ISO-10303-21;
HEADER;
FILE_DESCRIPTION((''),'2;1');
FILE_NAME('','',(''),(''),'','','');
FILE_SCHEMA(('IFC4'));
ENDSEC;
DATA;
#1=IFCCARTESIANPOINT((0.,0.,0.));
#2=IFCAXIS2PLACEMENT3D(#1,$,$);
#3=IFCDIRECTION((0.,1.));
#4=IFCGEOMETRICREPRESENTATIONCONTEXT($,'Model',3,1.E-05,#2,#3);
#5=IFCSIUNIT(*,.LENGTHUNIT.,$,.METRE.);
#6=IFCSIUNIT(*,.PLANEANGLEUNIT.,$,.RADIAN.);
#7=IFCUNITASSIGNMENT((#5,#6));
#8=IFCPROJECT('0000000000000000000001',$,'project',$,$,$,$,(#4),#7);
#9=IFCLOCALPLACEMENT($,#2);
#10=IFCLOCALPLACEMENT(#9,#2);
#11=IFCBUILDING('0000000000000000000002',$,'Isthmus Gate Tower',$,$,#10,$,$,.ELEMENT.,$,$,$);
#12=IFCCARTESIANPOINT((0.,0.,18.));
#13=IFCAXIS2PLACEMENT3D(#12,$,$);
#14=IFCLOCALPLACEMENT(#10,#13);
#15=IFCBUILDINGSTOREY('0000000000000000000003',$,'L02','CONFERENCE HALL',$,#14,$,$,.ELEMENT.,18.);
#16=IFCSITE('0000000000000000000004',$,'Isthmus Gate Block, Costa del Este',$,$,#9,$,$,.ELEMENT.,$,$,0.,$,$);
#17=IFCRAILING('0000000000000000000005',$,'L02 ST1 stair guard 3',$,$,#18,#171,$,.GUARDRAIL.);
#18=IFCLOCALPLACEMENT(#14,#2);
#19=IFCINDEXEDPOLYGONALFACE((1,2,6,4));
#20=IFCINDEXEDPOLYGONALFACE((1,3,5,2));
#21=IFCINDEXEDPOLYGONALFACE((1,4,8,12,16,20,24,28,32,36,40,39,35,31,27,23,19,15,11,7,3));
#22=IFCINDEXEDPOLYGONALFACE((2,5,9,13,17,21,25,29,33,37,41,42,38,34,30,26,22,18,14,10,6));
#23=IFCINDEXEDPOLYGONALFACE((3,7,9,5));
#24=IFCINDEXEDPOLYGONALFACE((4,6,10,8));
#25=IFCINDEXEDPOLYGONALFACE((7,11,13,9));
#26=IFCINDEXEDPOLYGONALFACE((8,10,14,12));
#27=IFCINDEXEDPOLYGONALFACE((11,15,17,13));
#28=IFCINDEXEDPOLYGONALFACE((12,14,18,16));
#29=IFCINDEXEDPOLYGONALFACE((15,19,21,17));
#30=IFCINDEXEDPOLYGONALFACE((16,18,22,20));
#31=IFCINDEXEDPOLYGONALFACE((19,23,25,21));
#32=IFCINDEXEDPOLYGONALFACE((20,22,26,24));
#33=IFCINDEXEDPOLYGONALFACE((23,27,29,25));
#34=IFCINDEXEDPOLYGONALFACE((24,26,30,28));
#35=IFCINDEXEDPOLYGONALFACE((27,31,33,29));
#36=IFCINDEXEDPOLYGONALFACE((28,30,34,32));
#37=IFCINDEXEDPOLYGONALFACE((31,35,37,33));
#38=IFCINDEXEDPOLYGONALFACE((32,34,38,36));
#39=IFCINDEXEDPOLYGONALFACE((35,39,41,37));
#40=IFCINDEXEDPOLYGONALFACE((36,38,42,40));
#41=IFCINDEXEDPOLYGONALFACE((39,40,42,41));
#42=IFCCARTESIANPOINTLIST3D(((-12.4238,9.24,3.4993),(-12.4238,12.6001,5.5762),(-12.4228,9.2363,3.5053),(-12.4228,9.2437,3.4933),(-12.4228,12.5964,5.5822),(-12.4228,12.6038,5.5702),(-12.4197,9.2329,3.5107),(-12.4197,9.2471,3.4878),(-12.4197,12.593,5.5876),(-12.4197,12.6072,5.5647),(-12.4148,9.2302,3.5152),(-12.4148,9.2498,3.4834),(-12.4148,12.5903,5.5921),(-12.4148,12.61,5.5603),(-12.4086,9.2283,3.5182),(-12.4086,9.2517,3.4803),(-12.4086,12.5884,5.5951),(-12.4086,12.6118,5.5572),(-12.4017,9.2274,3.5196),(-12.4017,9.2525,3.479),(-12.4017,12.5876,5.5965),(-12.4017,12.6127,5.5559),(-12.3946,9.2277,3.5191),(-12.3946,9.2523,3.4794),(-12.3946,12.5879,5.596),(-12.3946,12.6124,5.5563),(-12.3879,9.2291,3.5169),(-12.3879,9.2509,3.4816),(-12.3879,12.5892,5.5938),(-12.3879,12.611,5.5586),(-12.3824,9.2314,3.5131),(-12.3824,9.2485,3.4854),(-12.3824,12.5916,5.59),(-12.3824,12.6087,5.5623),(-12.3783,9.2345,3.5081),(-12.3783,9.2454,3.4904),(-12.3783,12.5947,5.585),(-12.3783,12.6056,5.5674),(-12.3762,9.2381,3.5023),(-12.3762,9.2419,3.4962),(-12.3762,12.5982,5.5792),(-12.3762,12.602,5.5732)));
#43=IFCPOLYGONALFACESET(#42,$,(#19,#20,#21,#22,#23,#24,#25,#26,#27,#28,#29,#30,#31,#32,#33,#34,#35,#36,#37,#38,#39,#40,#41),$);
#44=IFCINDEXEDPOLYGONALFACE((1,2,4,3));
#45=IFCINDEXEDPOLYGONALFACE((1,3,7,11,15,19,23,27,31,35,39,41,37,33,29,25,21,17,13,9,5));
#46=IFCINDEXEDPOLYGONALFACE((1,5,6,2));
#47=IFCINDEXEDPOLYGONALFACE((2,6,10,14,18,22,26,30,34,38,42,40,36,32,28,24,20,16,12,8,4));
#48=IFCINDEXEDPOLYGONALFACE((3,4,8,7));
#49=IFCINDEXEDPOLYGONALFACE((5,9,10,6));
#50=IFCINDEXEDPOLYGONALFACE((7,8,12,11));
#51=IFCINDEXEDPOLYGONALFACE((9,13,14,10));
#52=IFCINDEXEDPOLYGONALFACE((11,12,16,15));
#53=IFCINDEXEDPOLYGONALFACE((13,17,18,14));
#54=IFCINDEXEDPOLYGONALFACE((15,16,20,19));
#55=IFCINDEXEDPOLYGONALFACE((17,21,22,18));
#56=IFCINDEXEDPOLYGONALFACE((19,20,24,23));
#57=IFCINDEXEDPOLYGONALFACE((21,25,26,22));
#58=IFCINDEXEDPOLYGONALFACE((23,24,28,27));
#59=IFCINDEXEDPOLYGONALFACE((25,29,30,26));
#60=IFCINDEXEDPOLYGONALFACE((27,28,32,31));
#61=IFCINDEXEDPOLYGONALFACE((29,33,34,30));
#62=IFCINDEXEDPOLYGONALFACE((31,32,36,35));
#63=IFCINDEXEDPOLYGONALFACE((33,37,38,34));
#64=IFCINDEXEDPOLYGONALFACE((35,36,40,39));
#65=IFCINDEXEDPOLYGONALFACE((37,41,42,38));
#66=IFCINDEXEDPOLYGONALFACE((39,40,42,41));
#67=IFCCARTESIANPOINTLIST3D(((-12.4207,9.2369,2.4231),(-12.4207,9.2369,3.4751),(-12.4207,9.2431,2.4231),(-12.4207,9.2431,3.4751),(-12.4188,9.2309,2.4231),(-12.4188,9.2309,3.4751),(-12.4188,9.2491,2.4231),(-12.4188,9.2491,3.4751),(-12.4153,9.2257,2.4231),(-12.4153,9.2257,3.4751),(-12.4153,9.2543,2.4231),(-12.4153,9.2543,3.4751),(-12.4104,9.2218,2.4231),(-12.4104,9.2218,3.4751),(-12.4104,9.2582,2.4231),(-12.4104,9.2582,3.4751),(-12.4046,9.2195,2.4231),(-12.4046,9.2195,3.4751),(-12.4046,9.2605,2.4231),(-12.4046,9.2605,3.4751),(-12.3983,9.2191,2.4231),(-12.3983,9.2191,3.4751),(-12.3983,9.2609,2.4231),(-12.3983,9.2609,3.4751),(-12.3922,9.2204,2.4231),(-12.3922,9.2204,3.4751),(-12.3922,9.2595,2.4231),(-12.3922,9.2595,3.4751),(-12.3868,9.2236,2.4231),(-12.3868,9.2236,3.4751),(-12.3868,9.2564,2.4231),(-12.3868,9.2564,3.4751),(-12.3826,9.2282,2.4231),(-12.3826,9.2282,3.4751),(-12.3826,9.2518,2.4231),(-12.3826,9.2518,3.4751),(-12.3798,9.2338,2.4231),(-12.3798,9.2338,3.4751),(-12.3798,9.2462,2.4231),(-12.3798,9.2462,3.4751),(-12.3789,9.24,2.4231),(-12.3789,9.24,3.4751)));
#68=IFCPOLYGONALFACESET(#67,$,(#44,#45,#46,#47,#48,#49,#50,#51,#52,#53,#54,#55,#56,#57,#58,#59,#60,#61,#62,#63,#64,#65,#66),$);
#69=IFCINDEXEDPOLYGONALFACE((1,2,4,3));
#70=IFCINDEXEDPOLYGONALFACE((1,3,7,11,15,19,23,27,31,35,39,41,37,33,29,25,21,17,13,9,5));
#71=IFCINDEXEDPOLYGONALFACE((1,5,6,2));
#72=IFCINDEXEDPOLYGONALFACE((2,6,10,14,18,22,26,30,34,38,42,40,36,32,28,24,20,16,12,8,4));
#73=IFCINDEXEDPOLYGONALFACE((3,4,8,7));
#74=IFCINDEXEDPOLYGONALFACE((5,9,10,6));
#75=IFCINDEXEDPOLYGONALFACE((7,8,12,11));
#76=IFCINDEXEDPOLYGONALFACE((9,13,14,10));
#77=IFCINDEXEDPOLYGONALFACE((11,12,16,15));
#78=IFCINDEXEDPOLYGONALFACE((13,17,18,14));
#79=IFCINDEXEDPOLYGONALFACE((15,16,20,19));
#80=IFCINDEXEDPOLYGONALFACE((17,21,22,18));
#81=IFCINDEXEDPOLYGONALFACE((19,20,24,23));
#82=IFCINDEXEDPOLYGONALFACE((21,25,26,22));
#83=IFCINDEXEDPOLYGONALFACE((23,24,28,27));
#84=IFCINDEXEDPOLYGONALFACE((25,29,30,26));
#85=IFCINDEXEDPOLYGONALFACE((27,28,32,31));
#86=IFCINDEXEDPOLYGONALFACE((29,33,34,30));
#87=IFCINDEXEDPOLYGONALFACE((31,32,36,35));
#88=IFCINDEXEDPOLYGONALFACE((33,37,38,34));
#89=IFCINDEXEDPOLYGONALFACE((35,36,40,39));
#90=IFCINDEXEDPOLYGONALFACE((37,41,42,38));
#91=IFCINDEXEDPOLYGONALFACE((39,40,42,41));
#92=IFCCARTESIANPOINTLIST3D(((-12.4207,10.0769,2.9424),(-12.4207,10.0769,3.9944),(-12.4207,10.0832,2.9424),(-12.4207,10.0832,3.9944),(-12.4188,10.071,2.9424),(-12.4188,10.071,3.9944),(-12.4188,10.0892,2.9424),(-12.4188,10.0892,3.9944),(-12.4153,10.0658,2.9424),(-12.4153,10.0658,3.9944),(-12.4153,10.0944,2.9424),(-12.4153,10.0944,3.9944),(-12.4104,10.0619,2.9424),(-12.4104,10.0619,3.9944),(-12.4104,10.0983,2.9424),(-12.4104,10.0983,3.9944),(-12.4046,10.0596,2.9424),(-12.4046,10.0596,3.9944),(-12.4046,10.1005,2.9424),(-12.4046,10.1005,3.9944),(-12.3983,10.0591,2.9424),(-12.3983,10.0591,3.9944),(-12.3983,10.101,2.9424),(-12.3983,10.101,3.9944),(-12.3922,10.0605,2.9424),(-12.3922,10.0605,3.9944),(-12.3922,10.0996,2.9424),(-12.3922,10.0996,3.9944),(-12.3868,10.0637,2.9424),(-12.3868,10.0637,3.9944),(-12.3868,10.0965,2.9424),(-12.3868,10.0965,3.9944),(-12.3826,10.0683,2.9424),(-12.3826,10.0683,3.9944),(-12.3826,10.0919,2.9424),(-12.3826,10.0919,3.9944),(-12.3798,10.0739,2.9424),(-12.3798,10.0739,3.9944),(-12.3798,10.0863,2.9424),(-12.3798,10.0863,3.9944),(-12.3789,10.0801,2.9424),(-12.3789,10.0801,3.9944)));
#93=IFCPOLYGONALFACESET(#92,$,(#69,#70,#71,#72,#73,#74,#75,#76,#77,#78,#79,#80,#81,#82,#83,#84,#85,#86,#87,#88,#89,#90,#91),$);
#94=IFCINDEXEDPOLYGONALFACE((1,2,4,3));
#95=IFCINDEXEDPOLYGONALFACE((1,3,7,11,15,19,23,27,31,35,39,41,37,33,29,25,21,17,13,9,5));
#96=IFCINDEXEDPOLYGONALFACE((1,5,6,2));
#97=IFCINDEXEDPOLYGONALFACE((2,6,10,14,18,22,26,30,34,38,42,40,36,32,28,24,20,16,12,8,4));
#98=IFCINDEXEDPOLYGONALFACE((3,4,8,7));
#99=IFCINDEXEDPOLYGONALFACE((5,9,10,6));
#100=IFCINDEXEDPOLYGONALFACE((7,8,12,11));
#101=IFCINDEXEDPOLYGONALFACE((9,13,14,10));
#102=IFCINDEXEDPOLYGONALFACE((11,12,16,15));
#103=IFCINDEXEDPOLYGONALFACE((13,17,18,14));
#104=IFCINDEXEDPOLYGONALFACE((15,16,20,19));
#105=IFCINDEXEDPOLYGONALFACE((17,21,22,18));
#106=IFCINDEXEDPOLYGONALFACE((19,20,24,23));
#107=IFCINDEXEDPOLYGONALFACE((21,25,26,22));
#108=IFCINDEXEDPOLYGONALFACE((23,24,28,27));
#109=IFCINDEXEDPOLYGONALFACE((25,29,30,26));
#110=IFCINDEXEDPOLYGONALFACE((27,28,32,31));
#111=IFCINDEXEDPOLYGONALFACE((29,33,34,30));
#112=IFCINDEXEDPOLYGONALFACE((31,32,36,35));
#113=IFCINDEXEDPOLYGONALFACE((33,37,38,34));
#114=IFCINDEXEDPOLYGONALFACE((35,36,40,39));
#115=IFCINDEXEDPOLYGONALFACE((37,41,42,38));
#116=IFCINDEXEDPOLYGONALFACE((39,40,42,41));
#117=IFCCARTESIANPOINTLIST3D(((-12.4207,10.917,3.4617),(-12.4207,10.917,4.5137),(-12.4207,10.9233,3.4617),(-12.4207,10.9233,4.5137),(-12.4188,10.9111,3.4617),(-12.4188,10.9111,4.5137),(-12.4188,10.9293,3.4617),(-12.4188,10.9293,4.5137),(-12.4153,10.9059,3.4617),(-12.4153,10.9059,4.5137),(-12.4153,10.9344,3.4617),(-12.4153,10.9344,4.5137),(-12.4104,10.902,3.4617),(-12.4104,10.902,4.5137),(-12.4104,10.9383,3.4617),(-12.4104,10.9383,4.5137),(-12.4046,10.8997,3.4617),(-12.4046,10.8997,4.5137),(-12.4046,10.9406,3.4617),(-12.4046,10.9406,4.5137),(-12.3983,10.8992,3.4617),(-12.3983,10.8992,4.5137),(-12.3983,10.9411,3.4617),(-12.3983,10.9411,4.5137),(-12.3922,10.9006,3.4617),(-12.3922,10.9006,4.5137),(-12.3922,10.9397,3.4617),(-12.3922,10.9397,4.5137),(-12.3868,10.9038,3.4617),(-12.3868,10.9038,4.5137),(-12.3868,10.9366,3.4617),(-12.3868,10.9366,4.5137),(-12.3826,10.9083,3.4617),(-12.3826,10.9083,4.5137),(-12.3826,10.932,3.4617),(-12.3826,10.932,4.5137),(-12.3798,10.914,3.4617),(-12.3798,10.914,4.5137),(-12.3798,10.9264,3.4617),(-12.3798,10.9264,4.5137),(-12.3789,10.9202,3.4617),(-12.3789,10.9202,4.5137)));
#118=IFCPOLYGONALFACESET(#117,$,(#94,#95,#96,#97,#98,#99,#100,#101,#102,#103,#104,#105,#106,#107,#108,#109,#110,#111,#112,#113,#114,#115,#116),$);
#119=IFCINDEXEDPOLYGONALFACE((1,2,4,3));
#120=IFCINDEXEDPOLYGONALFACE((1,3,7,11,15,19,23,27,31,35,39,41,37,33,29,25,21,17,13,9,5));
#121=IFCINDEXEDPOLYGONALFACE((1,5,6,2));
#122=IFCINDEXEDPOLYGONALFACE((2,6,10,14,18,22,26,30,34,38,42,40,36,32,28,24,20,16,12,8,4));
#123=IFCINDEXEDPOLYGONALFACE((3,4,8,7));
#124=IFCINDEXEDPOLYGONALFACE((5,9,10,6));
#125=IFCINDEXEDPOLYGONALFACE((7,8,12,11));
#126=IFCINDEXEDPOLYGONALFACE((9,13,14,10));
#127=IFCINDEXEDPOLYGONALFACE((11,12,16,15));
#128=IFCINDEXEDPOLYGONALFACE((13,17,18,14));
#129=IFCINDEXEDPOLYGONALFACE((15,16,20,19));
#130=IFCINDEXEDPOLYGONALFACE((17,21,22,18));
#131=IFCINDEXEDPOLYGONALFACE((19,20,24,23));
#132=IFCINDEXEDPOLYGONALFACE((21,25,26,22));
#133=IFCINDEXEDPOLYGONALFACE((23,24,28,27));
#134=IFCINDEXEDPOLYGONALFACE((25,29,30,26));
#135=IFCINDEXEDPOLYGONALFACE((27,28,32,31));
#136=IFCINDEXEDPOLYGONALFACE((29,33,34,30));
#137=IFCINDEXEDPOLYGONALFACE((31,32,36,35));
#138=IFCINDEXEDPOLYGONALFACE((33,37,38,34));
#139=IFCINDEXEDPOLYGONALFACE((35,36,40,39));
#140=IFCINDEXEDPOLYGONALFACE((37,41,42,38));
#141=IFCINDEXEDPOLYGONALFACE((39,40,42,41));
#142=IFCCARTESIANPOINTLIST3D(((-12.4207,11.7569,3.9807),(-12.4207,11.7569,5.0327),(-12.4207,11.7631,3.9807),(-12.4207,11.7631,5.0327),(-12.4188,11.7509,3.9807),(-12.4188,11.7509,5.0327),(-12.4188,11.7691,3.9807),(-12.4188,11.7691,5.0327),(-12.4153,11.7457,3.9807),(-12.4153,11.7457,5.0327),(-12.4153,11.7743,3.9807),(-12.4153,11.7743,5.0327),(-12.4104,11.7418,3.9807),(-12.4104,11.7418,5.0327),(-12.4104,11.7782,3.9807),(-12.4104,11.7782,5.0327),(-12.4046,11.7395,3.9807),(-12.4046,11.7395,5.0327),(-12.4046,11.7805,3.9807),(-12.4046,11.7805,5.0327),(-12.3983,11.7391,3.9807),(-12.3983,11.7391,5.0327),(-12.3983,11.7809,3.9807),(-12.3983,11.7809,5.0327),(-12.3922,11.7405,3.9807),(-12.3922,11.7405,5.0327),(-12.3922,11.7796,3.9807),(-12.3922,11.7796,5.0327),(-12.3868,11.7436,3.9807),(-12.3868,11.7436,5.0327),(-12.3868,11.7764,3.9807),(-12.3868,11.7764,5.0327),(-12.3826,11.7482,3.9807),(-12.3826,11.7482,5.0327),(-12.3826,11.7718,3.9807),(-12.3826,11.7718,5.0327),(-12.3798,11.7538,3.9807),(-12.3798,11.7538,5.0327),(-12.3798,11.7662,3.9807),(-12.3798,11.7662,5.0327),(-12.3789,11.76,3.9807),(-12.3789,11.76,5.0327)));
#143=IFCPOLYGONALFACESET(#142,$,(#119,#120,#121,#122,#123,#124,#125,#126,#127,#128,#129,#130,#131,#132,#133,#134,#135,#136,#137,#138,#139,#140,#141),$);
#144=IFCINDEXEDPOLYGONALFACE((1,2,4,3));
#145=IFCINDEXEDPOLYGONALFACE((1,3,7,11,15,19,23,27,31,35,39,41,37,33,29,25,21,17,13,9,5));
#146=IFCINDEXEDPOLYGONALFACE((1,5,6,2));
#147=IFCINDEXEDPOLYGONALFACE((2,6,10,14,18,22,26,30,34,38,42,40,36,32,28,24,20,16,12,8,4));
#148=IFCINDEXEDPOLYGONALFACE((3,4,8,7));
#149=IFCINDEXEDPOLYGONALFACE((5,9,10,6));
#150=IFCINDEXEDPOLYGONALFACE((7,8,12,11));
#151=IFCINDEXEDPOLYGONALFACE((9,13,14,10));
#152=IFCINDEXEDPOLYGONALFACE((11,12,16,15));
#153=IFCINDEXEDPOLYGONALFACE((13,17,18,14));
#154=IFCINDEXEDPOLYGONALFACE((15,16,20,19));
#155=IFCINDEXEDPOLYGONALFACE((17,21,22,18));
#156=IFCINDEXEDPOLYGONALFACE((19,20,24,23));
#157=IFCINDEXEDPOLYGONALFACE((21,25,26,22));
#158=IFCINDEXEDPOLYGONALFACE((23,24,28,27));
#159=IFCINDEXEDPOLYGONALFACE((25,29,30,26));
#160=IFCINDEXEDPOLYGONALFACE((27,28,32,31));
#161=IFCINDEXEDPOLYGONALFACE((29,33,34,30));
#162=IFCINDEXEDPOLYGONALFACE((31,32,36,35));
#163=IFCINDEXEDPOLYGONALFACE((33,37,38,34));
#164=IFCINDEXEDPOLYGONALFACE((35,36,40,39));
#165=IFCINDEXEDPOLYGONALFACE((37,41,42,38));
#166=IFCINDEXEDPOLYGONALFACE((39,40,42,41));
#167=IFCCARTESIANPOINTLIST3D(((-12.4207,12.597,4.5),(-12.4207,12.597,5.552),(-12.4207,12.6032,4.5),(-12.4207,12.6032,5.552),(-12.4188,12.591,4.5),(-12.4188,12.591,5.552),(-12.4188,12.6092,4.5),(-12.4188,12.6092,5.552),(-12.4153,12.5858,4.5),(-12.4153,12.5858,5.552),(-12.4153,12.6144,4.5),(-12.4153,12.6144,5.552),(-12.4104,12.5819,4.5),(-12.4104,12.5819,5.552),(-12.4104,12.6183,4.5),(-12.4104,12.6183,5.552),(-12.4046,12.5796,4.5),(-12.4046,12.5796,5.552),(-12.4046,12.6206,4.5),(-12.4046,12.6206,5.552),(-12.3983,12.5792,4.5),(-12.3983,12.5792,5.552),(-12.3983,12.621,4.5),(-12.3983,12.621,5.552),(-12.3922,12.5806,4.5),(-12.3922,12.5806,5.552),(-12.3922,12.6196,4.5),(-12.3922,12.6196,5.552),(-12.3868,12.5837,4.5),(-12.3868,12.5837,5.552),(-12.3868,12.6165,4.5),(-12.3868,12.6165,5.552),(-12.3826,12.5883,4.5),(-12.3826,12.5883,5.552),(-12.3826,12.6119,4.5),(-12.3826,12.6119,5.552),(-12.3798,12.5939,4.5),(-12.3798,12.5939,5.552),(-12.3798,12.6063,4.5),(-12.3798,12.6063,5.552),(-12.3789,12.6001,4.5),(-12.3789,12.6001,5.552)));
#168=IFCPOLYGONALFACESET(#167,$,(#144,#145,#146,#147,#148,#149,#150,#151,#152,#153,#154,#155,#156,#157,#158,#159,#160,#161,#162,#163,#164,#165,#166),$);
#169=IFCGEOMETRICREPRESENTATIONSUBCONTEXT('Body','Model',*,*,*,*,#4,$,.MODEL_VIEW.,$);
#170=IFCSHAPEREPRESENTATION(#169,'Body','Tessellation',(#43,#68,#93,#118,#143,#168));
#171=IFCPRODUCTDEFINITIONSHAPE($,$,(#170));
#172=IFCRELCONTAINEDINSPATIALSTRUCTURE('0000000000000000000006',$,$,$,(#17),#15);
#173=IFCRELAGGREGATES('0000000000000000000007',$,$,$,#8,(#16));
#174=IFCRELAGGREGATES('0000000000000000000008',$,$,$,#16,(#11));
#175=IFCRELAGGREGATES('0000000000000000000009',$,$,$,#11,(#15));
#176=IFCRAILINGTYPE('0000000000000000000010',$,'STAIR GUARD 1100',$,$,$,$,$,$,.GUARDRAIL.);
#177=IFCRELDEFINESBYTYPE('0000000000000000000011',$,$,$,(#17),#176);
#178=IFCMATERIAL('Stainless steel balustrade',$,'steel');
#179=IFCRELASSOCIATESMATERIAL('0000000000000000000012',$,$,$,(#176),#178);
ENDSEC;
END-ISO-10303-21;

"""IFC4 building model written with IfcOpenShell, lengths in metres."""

from ifc_helpers import new_model, si_unit, direction, frame, origin, origin_2d, place, context, subcontext, project, spatial, circle, extrude, material, type_object, element, save


model = new_model("IFC4")

# Units and contexts
model_context = context("Model", 3, precision=1e-05, world=origin(), true_north=direction((0.0, 1.0)))
body_context = subcontext(model_context, "Body", "Model", "MODEL_VIEW")
ifc_project = project(units=[si_unit("LENGTHUNIT", "METRE"), si_unit("PLANEANGLEUNIT", "RADIAN")], contexts=[model_context])

# Site, building, storey
site_placement = place(None, origin())
site = spatial("IfcSite", under=ifc_project, at=site_placement, Name="Isthmus Gate Block, Costa del Este", CompositionType="ELEMENT", RefElevation=0.0)
building_placement = place(site_placement, origin())
building = spatial("IfcBuilding", under=site, at=building_placement, Name="Isthmus Gate Tower", CompositionType="ELEMENT")
storey_placement = place(building_placement, frame((0.0, 0.0, 18.0)))
storey = spatial("IfcBuildingStorey", under=building, at=storey_placement, Name="L02", Description="CONFERENCE HALL", CompositionType="ELEMENT", Elevation=18.0)

# Railing
ifc_material_1 = material(Name="Stainless steel balustrade", Category="steel")
railing_type_1 = type_object("IfcRailingType", Name="STAIR GUARD 1100", PredefinedType="GUARDRAIL", material=ifc_material_1)
railing_1_placement = place(storey_placement, frame((-12.3999, 9.24, 2.4231)))
element("IfcRailing", 1, at=railing_1_placement, inside=storey, type_object=railing_type_1, Name="L02 ST1 stair guard 3", PredefinedType="GUARDRAIL", context=body_context, shape_type="SweptSolid", body=[
    extrude(circle(Radius=0.0239, at=origin_2d()), frame((0.0, 0.0, 1.0762), z_axis=(0.0, 0.850623, 0.525776), x_axis=(-1.0, 0.0, 0.0)), (0.0, 0.0, 1.0), 3.9502),
    extrude(circle(Radius=0.021, at=origin_2d()), origin(), (0.0, 0.0, 1.0), 1.052),
    extrude(circle(Radius=0.021, at=origin_2d()), frame((0.0, 0.8401, 0.5193)), (0.0, 0.0, 1.0), 1.052),
    extrude(circle(Radius=0.021, at=origin_2d()), frame((0.0, 1.6802, 1.0386)), (0.0, 0.0, 1.0), 1.052),
    extrude(circle(Radius=0.021, at=origin_2d()), frame((0.0, 2.52, 1.5576)), (0.0, 0.0, 1.0), 1.052),
    extrude(circle(Radius=0.021, at=origin_2d()), frame((0.0, 3.3601, 2.0769)), (0.0, 0.0, 1.0), 1.052),
])

save(model, "model.ifc")
